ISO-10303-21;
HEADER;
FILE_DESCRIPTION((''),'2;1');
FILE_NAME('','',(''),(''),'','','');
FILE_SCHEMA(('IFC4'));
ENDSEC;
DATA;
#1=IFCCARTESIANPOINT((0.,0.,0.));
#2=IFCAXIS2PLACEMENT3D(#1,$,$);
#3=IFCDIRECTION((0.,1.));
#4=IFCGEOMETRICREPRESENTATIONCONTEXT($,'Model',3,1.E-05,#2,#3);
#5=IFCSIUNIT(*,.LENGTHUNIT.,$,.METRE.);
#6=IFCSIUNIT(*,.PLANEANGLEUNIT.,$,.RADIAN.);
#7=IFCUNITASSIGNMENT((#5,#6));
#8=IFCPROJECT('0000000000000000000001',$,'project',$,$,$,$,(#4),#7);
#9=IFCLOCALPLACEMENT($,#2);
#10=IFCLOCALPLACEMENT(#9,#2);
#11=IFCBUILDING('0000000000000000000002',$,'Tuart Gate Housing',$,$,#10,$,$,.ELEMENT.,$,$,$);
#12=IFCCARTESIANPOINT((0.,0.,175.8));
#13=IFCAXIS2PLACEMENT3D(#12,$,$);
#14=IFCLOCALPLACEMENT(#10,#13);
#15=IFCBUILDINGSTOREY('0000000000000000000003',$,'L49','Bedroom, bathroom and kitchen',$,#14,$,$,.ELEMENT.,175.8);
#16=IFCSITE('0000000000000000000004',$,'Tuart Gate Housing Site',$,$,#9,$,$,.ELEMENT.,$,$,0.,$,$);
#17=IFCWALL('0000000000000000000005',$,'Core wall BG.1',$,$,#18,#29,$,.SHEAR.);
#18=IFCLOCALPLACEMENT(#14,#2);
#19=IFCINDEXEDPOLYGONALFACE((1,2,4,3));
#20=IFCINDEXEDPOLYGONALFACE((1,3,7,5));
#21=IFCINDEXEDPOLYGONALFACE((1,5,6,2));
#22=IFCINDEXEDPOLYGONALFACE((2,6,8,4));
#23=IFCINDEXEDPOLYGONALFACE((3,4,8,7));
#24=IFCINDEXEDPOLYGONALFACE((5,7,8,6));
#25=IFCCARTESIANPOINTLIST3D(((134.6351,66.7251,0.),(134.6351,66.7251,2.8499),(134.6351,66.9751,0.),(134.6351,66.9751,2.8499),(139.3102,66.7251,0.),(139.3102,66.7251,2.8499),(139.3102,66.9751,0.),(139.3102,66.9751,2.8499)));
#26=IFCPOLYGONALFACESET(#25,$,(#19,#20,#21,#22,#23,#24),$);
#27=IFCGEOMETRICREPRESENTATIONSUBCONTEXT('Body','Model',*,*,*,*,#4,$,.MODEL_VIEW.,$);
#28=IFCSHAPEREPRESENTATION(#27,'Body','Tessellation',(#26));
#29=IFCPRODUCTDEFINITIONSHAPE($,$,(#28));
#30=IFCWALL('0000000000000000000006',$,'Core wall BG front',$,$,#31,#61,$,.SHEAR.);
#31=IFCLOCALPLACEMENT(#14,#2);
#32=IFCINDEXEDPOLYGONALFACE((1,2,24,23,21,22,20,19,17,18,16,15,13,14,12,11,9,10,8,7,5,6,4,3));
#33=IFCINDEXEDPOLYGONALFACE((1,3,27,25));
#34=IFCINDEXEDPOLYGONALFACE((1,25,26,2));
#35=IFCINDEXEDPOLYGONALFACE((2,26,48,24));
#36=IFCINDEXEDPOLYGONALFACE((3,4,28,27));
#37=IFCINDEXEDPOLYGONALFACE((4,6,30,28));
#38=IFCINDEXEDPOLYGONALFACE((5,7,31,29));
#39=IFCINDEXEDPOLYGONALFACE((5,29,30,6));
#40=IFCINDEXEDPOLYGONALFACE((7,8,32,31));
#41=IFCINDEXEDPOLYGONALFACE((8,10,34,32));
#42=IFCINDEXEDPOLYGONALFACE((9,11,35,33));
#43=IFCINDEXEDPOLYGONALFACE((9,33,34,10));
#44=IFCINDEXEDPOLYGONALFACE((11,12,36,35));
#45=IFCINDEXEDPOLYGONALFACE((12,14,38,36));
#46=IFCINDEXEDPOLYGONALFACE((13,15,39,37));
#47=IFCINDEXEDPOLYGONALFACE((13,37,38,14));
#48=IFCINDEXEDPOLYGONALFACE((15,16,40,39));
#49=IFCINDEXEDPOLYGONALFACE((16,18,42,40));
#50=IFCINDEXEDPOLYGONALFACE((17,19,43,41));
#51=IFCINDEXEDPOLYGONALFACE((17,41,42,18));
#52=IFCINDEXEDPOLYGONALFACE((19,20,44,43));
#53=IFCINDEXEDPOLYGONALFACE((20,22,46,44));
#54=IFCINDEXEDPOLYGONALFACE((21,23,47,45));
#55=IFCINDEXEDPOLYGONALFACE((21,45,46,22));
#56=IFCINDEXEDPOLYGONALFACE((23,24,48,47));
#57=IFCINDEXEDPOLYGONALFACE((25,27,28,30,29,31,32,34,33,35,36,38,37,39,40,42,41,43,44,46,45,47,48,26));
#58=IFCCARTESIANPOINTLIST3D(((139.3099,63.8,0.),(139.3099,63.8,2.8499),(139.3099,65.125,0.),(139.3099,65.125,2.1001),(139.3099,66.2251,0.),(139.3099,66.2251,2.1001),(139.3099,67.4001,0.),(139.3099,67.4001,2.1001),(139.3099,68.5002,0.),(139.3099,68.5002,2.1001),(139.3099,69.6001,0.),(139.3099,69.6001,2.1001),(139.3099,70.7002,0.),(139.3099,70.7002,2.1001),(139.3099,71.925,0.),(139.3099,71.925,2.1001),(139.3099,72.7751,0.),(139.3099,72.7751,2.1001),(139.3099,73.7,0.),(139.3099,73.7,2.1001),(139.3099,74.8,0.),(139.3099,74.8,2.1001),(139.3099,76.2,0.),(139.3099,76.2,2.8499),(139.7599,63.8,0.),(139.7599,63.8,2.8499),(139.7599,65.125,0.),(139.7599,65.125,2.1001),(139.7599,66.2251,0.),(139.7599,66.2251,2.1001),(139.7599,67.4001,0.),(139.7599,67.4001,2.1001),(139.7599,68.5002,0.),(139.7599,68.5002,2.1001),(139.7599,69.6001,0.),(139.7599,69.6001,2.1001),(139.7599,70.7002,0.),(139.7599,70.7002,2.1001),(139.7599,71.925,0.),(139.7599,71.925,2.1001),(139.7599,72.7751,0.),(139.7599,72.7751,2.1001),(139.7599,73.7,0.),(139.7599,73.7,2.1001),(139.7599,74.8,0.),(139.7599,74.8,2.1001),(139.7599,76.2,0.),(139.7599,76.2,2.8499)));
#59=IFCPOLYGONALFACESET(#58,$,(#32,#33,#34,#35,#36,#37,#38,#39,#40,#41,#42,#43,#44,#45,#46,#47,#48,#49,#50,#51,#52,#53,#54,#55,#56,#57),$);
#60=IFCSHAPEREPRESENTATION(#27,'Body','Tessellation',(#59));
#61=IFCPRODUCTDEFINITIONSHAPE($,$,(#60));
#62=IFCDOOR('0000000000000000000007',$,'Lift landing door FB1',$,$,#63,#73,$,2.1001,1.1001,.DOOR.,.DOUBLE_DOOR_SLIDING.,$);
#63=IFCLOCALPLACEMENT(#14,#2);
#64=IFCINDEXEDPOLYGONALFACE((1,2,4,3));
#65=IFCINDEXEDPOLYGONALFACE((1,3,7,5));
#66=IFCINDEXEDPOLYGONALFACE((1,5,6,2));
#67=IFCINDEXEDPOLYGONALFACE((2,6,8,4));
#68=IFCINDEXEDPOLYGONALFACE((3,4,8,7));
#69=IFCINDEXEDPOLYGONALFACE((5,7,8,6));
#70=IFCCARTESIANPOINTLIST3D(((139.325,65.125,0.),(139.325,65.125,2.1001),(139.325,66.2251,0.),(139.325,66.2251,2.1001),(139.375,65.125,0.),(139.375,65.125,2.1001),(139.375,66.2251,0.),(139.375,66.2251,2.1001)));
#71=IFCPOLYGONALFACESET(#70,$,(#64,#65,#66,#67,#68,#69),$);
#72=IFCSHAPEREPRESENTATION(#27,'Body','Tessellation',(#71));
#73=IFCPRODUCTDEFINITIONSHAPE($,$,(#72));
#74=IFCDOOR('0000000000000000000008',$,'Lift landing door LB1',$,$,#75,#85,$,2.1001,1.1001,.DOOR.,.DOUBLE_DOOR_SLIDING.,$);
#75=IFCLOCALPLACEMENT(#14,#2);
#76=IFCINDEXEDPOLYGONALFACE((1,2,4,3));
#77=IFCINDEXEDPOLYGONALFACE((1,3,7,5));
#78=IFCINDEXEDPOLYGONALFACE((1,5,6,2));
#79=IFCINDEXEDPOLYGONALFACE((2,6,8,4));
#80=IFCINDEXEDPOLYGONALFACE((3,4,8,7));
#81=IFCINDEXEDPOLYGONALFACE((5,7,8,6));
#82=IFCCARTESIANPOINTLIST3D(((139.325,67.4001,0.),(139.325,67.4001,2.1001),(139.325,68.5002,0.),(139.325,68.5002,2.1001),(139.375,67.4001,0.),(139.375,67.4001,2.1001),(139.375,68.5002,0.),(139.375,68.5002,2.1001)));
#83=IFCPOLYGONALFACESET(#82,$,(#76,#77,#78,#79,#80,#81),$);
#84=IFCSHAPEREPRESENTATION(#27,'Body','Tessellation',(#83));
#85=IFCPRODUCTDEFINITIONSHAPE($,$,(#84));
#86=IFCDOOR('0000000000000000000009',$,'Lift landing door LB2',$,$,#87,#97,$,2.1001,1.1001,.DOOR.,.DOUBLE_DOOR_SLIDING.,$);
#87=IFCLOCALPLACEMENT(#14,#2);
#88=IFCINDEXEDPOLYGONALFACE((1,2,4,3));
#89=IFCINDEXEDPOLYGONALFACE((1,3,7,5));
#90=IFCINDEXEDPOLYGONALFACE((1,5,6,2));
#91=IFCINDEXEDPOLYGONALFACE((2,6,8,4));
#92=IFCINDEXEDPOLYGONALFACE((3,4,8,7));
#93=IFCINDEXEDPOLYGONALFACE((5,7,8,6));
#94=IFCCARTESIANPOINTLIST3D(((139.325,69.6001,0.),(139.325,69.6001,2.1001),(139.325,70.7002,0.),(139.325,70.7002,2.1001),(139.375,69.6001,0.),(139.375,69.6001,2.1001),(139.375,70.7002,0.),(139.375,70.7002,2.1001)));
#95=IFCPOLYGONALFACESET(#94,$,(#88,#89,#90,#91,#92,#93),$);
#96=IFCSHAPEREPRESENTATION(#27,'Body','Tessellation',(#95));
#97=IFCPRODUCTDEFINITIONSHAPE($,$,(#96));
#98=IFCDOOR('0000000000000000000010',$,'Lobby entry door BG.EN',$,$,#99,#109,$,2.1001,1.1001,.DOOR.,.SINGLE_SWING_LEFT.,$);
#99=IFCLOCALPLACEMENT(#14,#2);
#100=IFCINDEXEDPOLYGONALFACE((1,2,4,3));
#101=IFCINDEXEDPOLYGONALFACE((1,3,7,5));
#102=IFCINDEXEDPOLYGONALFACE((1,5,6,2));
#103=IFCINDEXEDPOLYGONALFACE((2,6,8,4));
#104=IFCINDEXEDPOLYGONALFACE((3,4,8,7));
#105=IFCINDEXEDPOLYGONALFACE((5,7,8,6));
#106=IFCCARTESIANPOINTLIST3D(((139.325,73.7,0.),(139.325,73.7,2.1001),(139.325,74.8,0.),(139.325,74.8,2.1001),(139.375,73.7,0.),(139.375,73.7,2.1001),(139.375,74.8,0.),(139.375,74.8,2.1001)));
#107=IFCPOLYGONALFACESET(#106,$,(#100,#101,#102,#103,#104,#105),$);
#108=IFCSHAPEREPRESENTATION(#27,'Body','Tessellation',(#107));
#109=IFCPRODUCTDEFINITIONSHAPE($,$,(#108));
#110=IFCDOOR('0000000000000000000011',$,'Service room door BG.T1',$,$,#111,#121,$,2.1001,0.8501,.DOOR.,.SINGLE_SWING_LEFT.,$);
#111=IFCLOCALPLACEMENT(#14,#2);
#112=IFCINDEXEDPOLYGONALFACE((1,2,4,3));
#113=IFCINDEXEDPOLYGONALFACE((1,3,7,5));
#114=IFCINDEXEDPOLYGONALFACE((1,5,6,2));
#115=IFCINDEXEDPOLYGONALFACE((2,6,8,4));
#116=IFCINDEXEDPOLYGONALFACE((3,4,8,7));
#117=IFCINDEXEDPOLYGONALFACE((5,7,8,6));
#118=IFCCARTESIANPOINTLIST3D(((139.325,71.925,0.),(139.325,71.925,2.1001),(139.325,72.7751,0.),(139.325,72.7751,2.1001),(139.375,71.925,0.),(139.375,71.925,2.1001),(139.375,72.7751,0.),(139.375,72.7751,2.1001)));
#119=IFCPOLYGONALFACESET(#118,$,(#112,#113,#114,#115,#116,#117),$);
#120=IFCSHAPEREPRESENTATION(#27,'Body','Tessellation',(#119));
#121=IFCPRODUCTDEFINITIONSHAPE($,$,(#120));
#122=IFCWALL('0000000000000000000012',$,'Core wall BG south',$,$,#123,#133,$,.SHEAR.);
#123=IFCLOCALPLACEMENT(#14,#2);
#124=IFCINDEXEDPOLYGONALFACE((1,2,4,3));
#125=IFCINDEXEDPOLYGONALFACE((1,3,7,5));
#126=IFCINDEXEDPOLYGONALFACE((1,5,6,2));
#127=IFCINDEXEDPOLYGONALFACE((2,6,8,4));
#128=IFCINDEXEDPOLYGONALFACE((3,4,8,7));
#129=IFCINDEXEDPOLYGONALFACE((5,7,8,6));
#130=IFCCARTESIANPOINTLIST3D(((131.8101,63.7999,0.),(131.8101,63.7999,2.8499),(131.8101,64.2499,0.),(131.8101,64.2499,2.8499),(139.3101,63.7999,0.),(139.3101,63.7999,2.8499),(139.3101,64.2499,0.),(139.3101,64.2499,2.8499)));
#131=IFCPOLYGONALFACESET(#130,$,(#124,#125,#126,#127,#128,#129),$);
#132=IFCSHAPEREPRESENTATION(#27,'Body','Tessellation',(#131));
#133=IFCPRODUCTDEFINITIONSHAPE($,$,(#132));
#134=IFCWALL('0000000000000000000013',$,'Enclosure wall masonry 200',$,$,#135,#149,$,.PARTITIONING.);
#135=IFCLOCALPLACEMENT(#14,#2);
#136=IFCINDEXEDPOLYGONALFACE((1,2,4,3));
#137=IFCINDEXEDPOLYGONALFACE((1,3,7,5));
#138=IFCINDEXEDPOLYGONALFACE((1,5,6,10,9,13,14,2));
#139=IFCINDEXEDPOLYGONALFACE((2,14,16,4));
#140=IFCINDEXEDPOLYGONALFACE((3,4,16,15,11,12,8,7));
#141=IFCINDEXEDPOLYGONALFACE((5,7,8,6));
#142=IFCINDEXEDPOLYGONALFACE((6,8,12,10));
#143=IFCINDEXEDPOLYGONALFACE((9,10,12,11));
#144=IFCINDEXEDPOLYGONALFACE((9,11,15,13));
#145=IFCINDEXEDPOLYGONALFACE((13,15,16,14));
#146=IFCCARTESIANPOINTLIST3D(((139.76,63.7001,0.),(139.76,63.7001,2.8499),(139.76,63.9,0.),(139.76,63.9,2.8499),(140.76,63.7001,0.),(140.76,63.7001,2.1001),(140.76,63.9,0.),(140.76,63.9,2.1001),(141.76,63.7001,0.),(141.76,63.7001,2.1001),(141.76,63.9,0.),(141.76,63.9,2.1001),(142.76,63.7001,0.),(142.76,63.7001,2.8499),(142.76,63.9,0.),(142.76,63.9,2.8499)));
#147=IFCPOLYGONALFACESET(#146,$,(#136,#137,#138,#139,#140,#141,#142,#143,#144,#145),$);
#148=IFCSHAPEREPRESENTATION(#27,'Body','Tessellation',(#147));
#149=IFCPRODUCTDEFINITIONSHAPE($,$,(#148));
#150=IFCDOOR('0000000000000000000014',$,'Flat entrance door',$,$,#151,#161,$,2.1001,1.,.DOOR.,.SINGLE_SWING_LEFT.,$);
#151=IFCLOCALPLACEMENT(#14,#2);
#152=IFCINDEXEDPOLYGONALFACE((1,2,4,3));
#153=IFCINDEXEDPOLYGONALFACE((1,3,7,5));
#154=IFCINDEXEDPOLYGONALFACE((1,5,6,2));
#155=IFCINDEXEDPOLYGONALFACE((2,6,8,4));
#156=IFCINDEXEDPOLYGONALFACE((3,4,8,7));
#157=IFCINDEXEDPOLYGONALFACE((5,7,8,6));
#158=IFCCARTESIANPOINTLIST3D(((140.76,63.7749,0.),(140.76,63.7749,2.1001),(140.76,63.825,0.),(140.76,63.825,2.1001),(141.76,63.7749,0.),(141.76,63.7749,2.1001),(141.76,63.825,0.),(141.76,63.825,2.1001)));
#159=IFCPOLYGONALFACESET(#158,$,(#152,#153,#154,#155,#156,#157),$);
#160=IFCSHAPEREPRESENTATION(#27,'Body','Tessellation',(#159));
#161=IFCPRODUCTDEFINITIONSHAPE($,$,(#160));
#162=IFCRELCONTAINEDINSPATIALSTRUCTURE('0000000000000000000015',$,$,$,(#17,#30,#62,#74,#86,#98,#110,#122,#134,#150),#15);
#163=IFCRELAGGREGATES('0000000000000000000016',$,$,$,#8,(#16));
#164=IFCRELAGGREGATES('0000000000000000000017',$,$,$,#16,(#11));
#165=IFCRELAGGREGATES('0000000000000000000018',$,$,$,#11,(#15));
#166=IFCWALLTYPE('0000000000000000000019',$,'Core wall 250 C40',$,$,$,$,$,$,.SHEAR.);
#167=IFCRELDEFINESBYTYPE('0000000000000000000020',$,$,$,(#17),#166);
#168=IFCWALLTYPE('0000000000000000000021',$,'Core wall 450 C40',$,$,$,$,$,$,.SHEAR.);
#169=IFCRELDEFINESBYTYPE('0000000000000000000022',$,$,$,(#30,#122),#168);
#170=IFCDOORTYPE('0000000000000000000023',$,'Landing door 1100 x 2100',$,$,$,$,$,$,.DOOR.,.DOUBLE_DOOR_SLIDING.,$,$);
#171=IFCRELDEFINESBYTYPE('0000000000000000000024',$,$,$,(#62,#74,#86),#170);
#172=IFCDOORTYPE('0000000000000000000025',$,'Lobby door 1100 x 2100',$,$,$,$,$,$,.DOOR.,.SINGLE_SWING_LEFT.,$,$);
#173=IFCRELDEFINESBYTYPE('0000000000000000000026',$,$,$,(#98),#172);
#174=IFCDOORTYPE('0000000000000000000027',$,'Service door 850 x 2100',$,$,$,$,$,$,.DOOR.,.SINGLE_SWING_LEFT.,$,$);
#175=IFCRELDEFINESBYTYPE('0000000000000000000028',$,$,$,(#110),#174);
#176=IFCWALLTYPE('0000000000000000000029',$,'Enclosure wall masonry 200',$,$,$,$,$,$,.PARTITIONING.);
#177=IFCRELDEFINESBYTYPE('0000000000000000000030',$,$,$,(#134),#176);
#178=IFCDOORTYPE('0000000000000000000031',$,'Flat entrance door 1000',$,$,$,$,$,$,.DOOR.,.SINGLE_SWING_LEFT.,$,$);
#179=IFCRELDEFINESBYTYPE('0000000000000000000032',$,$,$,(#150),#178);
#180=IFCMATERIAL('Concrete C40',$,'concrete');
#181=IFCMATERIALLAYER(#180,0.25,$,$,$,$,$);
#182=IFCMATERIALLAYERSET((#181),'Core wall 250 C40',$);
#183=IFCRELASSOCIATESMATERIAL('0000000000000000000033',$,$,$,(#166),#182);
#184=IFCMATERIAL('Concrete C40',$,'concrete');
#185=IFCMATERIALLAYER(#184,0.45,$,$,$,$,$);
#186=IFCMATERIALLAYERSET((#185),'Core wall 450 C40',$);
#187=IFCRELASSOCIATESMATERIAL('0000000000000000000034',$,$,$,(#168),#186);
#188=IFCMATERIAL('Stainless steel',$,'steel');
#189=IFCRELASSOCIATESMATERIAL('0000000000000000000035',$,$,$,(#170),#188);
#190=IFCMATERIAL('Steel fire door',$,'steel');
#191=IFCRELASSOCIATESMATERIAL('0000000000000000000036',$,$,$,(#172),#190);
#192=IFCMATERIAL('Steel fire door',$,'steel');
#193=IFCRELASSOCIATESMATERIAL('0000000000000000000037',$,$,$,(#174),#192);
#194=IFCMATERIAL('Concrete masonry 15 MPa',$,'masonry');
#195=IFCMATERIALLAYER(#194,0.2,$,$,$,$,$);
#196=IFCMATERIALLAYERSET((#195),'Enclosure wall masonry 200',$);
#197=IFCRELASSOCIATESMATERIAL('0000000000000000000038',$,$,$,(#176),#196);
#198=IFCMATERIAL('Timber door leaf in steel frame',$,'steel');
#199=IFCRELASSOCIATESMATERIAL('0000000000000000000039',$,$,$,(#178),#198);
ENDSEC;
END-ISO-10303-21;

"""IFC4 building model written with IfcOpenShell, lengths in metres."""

from ifc_helpers import new_model, si_unit, direction, frame, frame_2d, origin, place, context, subcontext, project, spatial, rectangle, extrude, material, layer, layer_set, type_object, element, fill, save


model = new_model("IFC4")

# Units and contexts
model_context = context("Model", 3, precision=1e-05, world=origin(), true_north=direction((0.0, 1.0)))
body_context = subcontext(model_context, "Body", "Model", "MODEL_VIEW")
ifc_project = project(units=[si_unit("LENGTHUNIT", "METRE"), si_unit("PLANEANGLEUNIT", "RADIAN")], contexts=[model_context])

# Site, building, storey
site_placement = place(None, origin())
site = spatial("IfcSite", under=ifc_project, at=site_placement, Name="Tuart Gate Housing Site", CompositionType="ELEMENT", RefElevation=0.0)
building_placement = place(site_placement, origin())
building = spatial("IfcBuilding", under=site, at=building_placement, Name="Tuart Gate Housing", CompositionType="ELEMENT")
storey_placement = place(building_placement, frame((0.0, 0.0, 175.8)))
storey = spatial("IfcBuildingStorey", under=building, at=storey_placement, Name="L49", Description="Bedroom, bathroom and kitchen", CompositionType="ELEMENT", Elevation=175.8)

# Wall
ifc_material_1 = material(Name="Concrete C40", Category="concrete")
ifc_layer_1 = layer(ifc_material_1, 0.25)
ifc_layer_set_1 = layer_set([ifc_layer_1], Name="Core wall 250 C40")
wall_type_1 = type_object("IfcWallType", Name="Core wall 250 C40", PredefinedType="SHEAR", material=ifc_layer_set_1)
wall_1_placement = place(storey_placement, frame((139.3101, 66.8501, 0.0), z_axis=(0.0, 0.0, 1.0), x_axis=(-1.0, 0.0, 0.0)))
element("IfcWall", 1, at=wall_1_placement, inside=storey, type_object=wall_type_1, Name="Core wall BG.1", PredefinedType="SHEAR", context=body_context, shape_type="SweptSolid", body=[
    extrude(rectangle(XDim=4.675, YDim=0.25, at=frame_2d((2.3374, 0.0))), origin(), (0.0, 0.0, 1.0), 2.8499),
])

# Wall, openings, doors
ifc_material_2 = material(Name="Concrete C40", Category="concrete")
ifc_layer_2 = layer(ifc_material_2, 0.45)
ifc_layer_set_2 = layer_set([ifc_layer_2], Name="Core wall 450 C40")
wall_type_2 = type_object("IfcWallType", Name="Core wall 450 C40", PredefinedType="SHEAR", material=ifc_layer_set_2)
wall_2_placement = place(storey_placement, frame((139.5349, 63.8, 0.0), z_axis=(0.0, 0.0, 1.0), x_axis=(0.0, 1.0, 0.0)))
wall_2 = element("IfcWall", 2, at=wall_2_placement, inside=storey, type_object=wall_type_2, Name="Core wall BG front", PredefinedType="SHEAR", context=body_context, shape_type="SweptSolid", body=[
    extrude(rectangle(XDim=12.3999, YDim=0.45, at=frame_2d((6.2, 0.0))), origin(), (0.0, 0.0, 1.0), 2.8499),
])
opening_1_placement = place(wall_2_placement, frame((1.325, 0.0, 0.0)))
opening_1 = element("IfcOpeningElement", 3, at=opening_1_placement, cuts=wall_2, PredefinedType="OPENING", context=body_context, shape_type="SweptSolid", body=[
    extrude(rectangle(XDim=1.1001, YDim=2.1001, at=frame_2d((0.55, 1.05))), frame((0.0, 0.2349, 0.0), z_axis=(0.0, -1.0, 0.0), x_axis=(1.0, 0.0, 0.0)), (0.0, 0.0, 1.0), 0.47),
])
opening_2_placement = place(wall_2_placement, frame((3.6001, 0.0, 0.0)))
opening_2 = element("IfcOpeningElement", 4, at=opening_2_placement, cuts=wall_2, PredefinedType="OPENING", context=body_context, shape_type="SweptSolid", body=[
    extrude(rectangle(XDim=1.1001, YDim=2.1001, at=frame_2d((0.55, 1.05))), frame((0.0, 0.2349, 0.0), z_axis=(0.0, -1.0, 0.0), x_axis=(1.0, 0.0, 0.0)), (0.0, 0.0, 1.0), 0.47),
])
opening_3_placement = place(wall_2_placement, frame((5.8, 0.0, 0.0)))
opening_3 = element("IfcOpeningElement", 5, at=opening_3_placement, cuts=wall_2, PredefinedType="OPENING", context=body_context, shape_type="SweptSolid", body=[
    extrude(rectangle(XDim=1.1001, YDim=2.1001, at=frame_2d((0.55, 1.05))), frame((0.0, 0.2349, 0.0), z_axis=(0.0, -1.0, 0.0), x_axis=(1.0, 0.0, 0.0)), (0.0, 0.0, 1.0), 0.47),
])
opening_4_placement = place(wall_2_placement, frame((9.8999, 0.0, 0.0)))
opening_4 = element("IfcOpeningElement", 6, at=opening_4_placement, cuts=wall_2, PredefinedType="OPENING", context=body_context, shape_type="SweptSolid", body=[
    extrude(rectangle(XDim=1.1001, YDim=2.1001, at=frame_2d((0.55, 1.05))), frame((0.0, 0.2349, 0.0), z_axis=(0.0, -1.0, 0.0), x_axis=(1.0, 0.0, 0.0)), (0.0, 0.0, 1.0), 0.47),
])
opening_5_placement = place(wall_2_placement, frame((8.125, 0.0, 0.0)))
opening_5 = element("IfcOpeningElement", 7, at=opening_5_placement, cuts=wall_2, PredefinedType="OPENING", context=body_context, shape_type="SweptSolid", body=[
    extrude(rectangle(XDim=0.8501, YDim=2.1001, at=frame_2d((0.425, 1.05))), frame((0.0, 0.2349, 0.0), z_axis=(0.0, -1.0, 0.0), x_axis=(1.0, 0.0, 0.0)), (0.0, 0.0, 1.0), 0.47),
])
ifc_material_3 = material(Name="Stainless steel", Category="steel")
door_type_1 = type_object("IfcDoorType", Name="Landing door 1100 x 2100", OperationType="DOUBLE_DOOR_SLIDING", PredefinedType="DOOR", material=ifc_material_3)
door_1_placement = place(opening_1_placement, origin())
door_1 = element("IfcDoor", 8, at=door_1_placement, inside=storey, type_object=door_type_1, Name="Lift landing door FB1", OperationType="DOUBLE_DOOR_SLIDING", OverallHeight=2.1001, OverallWidth=1.1001, PredefinedType="DOOR", context=body_context, shape_type="SweptSolid", body=[
    extrude(rectangle(XDim=1.1001, YDim=2.1001, at=frame_2d((0.55, 1.05))), frame((0.0, 0.21, 0.0), z_axis=(0.0, -1.0, 0.0), x_axis=(1.0, 0.0, 0.0)), (0.0, 0.0, 1.0), 0.05),
])
fill(opening_1, door_1)
door_2_placement = place(opening_2_placement, origin())
door_2 = element("IfcDoor", 9, at=door_2_placement, inside=storey, type_object=door_type_1, Name="Lift landing door LB1", OperationType="DOUBLE_DOOR_SLIDING", OverallHeight=2.1001, OverallWidth=1.1001, PredefinedType="DOOR", context=body_context, shape_type="SweptSolid", body=[
    extrude(rectangle(XDim=1.1001, YDim=2.1001, at=frame_2d((0.55, 1.05))), frame((0.0, 0.21, 0.0), z_axis=(0.0, -1.0, 0.0), x_axis=(1.0, 0.0, 0.0)), (0.0, 0.0, 1.0), 0.05),
])
fill(opening_2, door_2)
door_3_placement = place(opening_3_placement, origin())
door_3 = element("IfcDoor", 10, at=door_3_placement, inside=storey, type_object=door_type_1, Name="Lift landing door LB2", OperationType="DOUBLE_DOOR_SLIDING", OverallHeight=2.1001, OverallWidth=1.1001, PredefinedType="DOOR", context=body_context, shape_type="SweptSolid", body=[
    extrude(rectangle(XDim=1.1001, YDim=2.1001, at=frame_2d((0.55, 1.05))), frame((0.0, 0.21, 0.0), z_axis=(0.0, -1.0, 0.0), x_axis=(1.0, 0.0, 0.0)), (0.0, 0.0, 1.0), 0.05),
])
fill(opening_3, door_3)
ifc_material_4 = material(Name="Steel fire door", Category="steel")
door_type_2 = type_object("IfcDoorType", Name="Lobby door 1100 x 2100", OperationType="SINGLE_SWING_LEFT", PredefinedType="DOOR", material=ifc_material_4)
door_4_placement = place(opening_4_placement, origin())
door_4 = element("IfcDoor", 11, at=door_4_placement, inside=storey, type_object=door_type_2, Name="Lobby entry door BG.EN", OperationType="SINGLE_SWING_LEFT", OverallHeight=2.1001, OverallWidth=1.1001, PredefinedType="DOOR", context=body_context, shape_type="SweptSolid", body=[
    extrude(rectangle(XDim=1.1001, YDim=2.1001, at=frame_2d((0.55, 1.05))), frame((0.0, 0.21, 0.0), z_axis=(0.0, -1.0, 0.0), x_axis=(1.0, 0.0, 0.0)), (0.0, 0.0, 1.0), 0.05),
])
fill(opening_4, door_4)
ifc_material_5 = material(Name="Steel fire door", Category="steel")
door_type_3 = type_object("IfcDoorType", Name="Service door 850 x 2100", OperationType="SINGLE_SWING_LEFT", PredefinedType="DOOR", material=ifc_material_5)
door_5_placement = place(opening_5_placement, origin())
door_5 = element("IfcDoor", 12, at=door_5_placement, inside=storey, type_object=door_type_3, Name="Service room door BG.T1", OperationType="SINGLE_SWING_LEFT", OverallHeight=2.1001, OverallWidth=0.8501, PredefinedType="DOOR", context=body_context, shape_type="SweptSolid", body=[
    extrude(rectangle(XDim=0.8501, YDim=2.1001, at=frame_2d((0.425, 1.05))), frame((0.0, 0.21, 0.0), z_axis=(0.0, -1.0, 0.0), x_axis=(1.0, 0.0, 0.0)), (0.0, 0.0, 1.0), 0.05),
])
fill(opening_5, door_5)

# Wall
wall_3_placement = place(storey_placement, frame((139.3101, 64.0249, 0.0), z_axis=(0.0, 0.0, 1.0), x_axis=(-1.0, 0.0, 0.0)))
element("IfcWall", 13, at=wall_3_placement, inside=storey, type_object=wall_type_2, Name="Core wall BG south", PredefinedType="SHEAR", context=body_context, shape_type="SweptSolid", body=[
    extrude(rectangle(XDim=7.5, YDim=0.45, at=frame_2d((3.75, 0.0))), origin(), (0.0, 0.0, 1.0), 2.8499),
])

# Wall, opening, door
ifc_material_6 = material(Name="Concrete masonry 15 MPa", Category="masonry")
ifc_layer_3 = layer(ifc_material_6, 0.2)
ifc_layer_set_3 = layer_set([ifc_layer_3], Name="Enclosure wall masonry 200")
wall_type_3 = type_object("IfcWallType", Name="Enclosure wall masonry 200", PredefinedType="PARTITIONING", material=ifc_layer_set_3)
wall_4_placement = place(storey_placement, frame((139.76, 63.8, 0.0), z_axis=(0.0, 0.0, 1.0), x_axis=(1.0, 0.0, 0.0)))
wall_4 = element("IfcWall", 14, at=wall_4_placement, inside=storey, type_object=wall_type_3, Name="Enclosure wall masonry 200", PredefinedType="PARTITIONING", context=body_context, shape_type="SweptSolid", body=[
    extrude(rectangle(XDim=3.0, YDim=0.2, at=frame_2d((1.5, 0.0))), origin(), (0.0, 0.0, 1.0), 2.8499),
])
opening_6_placement = place(wall_4_placement, frame((1.0, 0.0, 0.0)))
opening_6 = element("IfcOpeningElement", 15, at=opening_6_placement, cuts=wall_4, PredefinedType="OPENING", context=body_context, shape_type="SweptSolid", body=[
    extrude(rectangle(XDim=1.0, YDim=2.1001, at=frame_2d((0.5, 1.05))), frame((0.0, 0.1099, 0.0), z_axis=(0.0, -1.0, 0.0), x_axis=(1.0, 0.0, 0.0)), (0.0, 0.0, 1.0), 0.22),
])
ifc_material_7 = material(Name="Timber door leaf in steel frame", Category="steel")
door_type_4 = type_object("IfcDoorType", Name="Flat entrance door 1000", OperationType="SINGLE_SWING_LEFT", PredefinedType="DOOR", material=ifc_material_7)
door_6_placement = place(opening_6_placement, frame((1.0, 0.0, 0.0), z_axis=(0.0, 0.0, 1.0), x_axis=(-1.0, 0.0, 0.0)))
door_6 = element("IfcDoor", 16, at=door_6_placement, inside=storey, type_object=door_type_4, Name="Flat entrance door", OperationType="SINGLE_SWING_LEFT", OverallHeight=2.1001, OverallWidth=1.0, PredefinedType="DOOR", context=body_context, shape_type="SweptSolid", body=[
    extrude(rectangle(XDim=1.0, YDim=2.1001, at=frame_2d((0.5, 1.05))), frame((0.0, 0.0251, 0.0), z_axis=(0.0, -1.0, 0.0), x_axis=(1.0, 0.0, 0.0)), (0.0, 0.0, 1.0), 0.05),
])
fill(opening_6, door_6)

save(model, "model.ifc")
